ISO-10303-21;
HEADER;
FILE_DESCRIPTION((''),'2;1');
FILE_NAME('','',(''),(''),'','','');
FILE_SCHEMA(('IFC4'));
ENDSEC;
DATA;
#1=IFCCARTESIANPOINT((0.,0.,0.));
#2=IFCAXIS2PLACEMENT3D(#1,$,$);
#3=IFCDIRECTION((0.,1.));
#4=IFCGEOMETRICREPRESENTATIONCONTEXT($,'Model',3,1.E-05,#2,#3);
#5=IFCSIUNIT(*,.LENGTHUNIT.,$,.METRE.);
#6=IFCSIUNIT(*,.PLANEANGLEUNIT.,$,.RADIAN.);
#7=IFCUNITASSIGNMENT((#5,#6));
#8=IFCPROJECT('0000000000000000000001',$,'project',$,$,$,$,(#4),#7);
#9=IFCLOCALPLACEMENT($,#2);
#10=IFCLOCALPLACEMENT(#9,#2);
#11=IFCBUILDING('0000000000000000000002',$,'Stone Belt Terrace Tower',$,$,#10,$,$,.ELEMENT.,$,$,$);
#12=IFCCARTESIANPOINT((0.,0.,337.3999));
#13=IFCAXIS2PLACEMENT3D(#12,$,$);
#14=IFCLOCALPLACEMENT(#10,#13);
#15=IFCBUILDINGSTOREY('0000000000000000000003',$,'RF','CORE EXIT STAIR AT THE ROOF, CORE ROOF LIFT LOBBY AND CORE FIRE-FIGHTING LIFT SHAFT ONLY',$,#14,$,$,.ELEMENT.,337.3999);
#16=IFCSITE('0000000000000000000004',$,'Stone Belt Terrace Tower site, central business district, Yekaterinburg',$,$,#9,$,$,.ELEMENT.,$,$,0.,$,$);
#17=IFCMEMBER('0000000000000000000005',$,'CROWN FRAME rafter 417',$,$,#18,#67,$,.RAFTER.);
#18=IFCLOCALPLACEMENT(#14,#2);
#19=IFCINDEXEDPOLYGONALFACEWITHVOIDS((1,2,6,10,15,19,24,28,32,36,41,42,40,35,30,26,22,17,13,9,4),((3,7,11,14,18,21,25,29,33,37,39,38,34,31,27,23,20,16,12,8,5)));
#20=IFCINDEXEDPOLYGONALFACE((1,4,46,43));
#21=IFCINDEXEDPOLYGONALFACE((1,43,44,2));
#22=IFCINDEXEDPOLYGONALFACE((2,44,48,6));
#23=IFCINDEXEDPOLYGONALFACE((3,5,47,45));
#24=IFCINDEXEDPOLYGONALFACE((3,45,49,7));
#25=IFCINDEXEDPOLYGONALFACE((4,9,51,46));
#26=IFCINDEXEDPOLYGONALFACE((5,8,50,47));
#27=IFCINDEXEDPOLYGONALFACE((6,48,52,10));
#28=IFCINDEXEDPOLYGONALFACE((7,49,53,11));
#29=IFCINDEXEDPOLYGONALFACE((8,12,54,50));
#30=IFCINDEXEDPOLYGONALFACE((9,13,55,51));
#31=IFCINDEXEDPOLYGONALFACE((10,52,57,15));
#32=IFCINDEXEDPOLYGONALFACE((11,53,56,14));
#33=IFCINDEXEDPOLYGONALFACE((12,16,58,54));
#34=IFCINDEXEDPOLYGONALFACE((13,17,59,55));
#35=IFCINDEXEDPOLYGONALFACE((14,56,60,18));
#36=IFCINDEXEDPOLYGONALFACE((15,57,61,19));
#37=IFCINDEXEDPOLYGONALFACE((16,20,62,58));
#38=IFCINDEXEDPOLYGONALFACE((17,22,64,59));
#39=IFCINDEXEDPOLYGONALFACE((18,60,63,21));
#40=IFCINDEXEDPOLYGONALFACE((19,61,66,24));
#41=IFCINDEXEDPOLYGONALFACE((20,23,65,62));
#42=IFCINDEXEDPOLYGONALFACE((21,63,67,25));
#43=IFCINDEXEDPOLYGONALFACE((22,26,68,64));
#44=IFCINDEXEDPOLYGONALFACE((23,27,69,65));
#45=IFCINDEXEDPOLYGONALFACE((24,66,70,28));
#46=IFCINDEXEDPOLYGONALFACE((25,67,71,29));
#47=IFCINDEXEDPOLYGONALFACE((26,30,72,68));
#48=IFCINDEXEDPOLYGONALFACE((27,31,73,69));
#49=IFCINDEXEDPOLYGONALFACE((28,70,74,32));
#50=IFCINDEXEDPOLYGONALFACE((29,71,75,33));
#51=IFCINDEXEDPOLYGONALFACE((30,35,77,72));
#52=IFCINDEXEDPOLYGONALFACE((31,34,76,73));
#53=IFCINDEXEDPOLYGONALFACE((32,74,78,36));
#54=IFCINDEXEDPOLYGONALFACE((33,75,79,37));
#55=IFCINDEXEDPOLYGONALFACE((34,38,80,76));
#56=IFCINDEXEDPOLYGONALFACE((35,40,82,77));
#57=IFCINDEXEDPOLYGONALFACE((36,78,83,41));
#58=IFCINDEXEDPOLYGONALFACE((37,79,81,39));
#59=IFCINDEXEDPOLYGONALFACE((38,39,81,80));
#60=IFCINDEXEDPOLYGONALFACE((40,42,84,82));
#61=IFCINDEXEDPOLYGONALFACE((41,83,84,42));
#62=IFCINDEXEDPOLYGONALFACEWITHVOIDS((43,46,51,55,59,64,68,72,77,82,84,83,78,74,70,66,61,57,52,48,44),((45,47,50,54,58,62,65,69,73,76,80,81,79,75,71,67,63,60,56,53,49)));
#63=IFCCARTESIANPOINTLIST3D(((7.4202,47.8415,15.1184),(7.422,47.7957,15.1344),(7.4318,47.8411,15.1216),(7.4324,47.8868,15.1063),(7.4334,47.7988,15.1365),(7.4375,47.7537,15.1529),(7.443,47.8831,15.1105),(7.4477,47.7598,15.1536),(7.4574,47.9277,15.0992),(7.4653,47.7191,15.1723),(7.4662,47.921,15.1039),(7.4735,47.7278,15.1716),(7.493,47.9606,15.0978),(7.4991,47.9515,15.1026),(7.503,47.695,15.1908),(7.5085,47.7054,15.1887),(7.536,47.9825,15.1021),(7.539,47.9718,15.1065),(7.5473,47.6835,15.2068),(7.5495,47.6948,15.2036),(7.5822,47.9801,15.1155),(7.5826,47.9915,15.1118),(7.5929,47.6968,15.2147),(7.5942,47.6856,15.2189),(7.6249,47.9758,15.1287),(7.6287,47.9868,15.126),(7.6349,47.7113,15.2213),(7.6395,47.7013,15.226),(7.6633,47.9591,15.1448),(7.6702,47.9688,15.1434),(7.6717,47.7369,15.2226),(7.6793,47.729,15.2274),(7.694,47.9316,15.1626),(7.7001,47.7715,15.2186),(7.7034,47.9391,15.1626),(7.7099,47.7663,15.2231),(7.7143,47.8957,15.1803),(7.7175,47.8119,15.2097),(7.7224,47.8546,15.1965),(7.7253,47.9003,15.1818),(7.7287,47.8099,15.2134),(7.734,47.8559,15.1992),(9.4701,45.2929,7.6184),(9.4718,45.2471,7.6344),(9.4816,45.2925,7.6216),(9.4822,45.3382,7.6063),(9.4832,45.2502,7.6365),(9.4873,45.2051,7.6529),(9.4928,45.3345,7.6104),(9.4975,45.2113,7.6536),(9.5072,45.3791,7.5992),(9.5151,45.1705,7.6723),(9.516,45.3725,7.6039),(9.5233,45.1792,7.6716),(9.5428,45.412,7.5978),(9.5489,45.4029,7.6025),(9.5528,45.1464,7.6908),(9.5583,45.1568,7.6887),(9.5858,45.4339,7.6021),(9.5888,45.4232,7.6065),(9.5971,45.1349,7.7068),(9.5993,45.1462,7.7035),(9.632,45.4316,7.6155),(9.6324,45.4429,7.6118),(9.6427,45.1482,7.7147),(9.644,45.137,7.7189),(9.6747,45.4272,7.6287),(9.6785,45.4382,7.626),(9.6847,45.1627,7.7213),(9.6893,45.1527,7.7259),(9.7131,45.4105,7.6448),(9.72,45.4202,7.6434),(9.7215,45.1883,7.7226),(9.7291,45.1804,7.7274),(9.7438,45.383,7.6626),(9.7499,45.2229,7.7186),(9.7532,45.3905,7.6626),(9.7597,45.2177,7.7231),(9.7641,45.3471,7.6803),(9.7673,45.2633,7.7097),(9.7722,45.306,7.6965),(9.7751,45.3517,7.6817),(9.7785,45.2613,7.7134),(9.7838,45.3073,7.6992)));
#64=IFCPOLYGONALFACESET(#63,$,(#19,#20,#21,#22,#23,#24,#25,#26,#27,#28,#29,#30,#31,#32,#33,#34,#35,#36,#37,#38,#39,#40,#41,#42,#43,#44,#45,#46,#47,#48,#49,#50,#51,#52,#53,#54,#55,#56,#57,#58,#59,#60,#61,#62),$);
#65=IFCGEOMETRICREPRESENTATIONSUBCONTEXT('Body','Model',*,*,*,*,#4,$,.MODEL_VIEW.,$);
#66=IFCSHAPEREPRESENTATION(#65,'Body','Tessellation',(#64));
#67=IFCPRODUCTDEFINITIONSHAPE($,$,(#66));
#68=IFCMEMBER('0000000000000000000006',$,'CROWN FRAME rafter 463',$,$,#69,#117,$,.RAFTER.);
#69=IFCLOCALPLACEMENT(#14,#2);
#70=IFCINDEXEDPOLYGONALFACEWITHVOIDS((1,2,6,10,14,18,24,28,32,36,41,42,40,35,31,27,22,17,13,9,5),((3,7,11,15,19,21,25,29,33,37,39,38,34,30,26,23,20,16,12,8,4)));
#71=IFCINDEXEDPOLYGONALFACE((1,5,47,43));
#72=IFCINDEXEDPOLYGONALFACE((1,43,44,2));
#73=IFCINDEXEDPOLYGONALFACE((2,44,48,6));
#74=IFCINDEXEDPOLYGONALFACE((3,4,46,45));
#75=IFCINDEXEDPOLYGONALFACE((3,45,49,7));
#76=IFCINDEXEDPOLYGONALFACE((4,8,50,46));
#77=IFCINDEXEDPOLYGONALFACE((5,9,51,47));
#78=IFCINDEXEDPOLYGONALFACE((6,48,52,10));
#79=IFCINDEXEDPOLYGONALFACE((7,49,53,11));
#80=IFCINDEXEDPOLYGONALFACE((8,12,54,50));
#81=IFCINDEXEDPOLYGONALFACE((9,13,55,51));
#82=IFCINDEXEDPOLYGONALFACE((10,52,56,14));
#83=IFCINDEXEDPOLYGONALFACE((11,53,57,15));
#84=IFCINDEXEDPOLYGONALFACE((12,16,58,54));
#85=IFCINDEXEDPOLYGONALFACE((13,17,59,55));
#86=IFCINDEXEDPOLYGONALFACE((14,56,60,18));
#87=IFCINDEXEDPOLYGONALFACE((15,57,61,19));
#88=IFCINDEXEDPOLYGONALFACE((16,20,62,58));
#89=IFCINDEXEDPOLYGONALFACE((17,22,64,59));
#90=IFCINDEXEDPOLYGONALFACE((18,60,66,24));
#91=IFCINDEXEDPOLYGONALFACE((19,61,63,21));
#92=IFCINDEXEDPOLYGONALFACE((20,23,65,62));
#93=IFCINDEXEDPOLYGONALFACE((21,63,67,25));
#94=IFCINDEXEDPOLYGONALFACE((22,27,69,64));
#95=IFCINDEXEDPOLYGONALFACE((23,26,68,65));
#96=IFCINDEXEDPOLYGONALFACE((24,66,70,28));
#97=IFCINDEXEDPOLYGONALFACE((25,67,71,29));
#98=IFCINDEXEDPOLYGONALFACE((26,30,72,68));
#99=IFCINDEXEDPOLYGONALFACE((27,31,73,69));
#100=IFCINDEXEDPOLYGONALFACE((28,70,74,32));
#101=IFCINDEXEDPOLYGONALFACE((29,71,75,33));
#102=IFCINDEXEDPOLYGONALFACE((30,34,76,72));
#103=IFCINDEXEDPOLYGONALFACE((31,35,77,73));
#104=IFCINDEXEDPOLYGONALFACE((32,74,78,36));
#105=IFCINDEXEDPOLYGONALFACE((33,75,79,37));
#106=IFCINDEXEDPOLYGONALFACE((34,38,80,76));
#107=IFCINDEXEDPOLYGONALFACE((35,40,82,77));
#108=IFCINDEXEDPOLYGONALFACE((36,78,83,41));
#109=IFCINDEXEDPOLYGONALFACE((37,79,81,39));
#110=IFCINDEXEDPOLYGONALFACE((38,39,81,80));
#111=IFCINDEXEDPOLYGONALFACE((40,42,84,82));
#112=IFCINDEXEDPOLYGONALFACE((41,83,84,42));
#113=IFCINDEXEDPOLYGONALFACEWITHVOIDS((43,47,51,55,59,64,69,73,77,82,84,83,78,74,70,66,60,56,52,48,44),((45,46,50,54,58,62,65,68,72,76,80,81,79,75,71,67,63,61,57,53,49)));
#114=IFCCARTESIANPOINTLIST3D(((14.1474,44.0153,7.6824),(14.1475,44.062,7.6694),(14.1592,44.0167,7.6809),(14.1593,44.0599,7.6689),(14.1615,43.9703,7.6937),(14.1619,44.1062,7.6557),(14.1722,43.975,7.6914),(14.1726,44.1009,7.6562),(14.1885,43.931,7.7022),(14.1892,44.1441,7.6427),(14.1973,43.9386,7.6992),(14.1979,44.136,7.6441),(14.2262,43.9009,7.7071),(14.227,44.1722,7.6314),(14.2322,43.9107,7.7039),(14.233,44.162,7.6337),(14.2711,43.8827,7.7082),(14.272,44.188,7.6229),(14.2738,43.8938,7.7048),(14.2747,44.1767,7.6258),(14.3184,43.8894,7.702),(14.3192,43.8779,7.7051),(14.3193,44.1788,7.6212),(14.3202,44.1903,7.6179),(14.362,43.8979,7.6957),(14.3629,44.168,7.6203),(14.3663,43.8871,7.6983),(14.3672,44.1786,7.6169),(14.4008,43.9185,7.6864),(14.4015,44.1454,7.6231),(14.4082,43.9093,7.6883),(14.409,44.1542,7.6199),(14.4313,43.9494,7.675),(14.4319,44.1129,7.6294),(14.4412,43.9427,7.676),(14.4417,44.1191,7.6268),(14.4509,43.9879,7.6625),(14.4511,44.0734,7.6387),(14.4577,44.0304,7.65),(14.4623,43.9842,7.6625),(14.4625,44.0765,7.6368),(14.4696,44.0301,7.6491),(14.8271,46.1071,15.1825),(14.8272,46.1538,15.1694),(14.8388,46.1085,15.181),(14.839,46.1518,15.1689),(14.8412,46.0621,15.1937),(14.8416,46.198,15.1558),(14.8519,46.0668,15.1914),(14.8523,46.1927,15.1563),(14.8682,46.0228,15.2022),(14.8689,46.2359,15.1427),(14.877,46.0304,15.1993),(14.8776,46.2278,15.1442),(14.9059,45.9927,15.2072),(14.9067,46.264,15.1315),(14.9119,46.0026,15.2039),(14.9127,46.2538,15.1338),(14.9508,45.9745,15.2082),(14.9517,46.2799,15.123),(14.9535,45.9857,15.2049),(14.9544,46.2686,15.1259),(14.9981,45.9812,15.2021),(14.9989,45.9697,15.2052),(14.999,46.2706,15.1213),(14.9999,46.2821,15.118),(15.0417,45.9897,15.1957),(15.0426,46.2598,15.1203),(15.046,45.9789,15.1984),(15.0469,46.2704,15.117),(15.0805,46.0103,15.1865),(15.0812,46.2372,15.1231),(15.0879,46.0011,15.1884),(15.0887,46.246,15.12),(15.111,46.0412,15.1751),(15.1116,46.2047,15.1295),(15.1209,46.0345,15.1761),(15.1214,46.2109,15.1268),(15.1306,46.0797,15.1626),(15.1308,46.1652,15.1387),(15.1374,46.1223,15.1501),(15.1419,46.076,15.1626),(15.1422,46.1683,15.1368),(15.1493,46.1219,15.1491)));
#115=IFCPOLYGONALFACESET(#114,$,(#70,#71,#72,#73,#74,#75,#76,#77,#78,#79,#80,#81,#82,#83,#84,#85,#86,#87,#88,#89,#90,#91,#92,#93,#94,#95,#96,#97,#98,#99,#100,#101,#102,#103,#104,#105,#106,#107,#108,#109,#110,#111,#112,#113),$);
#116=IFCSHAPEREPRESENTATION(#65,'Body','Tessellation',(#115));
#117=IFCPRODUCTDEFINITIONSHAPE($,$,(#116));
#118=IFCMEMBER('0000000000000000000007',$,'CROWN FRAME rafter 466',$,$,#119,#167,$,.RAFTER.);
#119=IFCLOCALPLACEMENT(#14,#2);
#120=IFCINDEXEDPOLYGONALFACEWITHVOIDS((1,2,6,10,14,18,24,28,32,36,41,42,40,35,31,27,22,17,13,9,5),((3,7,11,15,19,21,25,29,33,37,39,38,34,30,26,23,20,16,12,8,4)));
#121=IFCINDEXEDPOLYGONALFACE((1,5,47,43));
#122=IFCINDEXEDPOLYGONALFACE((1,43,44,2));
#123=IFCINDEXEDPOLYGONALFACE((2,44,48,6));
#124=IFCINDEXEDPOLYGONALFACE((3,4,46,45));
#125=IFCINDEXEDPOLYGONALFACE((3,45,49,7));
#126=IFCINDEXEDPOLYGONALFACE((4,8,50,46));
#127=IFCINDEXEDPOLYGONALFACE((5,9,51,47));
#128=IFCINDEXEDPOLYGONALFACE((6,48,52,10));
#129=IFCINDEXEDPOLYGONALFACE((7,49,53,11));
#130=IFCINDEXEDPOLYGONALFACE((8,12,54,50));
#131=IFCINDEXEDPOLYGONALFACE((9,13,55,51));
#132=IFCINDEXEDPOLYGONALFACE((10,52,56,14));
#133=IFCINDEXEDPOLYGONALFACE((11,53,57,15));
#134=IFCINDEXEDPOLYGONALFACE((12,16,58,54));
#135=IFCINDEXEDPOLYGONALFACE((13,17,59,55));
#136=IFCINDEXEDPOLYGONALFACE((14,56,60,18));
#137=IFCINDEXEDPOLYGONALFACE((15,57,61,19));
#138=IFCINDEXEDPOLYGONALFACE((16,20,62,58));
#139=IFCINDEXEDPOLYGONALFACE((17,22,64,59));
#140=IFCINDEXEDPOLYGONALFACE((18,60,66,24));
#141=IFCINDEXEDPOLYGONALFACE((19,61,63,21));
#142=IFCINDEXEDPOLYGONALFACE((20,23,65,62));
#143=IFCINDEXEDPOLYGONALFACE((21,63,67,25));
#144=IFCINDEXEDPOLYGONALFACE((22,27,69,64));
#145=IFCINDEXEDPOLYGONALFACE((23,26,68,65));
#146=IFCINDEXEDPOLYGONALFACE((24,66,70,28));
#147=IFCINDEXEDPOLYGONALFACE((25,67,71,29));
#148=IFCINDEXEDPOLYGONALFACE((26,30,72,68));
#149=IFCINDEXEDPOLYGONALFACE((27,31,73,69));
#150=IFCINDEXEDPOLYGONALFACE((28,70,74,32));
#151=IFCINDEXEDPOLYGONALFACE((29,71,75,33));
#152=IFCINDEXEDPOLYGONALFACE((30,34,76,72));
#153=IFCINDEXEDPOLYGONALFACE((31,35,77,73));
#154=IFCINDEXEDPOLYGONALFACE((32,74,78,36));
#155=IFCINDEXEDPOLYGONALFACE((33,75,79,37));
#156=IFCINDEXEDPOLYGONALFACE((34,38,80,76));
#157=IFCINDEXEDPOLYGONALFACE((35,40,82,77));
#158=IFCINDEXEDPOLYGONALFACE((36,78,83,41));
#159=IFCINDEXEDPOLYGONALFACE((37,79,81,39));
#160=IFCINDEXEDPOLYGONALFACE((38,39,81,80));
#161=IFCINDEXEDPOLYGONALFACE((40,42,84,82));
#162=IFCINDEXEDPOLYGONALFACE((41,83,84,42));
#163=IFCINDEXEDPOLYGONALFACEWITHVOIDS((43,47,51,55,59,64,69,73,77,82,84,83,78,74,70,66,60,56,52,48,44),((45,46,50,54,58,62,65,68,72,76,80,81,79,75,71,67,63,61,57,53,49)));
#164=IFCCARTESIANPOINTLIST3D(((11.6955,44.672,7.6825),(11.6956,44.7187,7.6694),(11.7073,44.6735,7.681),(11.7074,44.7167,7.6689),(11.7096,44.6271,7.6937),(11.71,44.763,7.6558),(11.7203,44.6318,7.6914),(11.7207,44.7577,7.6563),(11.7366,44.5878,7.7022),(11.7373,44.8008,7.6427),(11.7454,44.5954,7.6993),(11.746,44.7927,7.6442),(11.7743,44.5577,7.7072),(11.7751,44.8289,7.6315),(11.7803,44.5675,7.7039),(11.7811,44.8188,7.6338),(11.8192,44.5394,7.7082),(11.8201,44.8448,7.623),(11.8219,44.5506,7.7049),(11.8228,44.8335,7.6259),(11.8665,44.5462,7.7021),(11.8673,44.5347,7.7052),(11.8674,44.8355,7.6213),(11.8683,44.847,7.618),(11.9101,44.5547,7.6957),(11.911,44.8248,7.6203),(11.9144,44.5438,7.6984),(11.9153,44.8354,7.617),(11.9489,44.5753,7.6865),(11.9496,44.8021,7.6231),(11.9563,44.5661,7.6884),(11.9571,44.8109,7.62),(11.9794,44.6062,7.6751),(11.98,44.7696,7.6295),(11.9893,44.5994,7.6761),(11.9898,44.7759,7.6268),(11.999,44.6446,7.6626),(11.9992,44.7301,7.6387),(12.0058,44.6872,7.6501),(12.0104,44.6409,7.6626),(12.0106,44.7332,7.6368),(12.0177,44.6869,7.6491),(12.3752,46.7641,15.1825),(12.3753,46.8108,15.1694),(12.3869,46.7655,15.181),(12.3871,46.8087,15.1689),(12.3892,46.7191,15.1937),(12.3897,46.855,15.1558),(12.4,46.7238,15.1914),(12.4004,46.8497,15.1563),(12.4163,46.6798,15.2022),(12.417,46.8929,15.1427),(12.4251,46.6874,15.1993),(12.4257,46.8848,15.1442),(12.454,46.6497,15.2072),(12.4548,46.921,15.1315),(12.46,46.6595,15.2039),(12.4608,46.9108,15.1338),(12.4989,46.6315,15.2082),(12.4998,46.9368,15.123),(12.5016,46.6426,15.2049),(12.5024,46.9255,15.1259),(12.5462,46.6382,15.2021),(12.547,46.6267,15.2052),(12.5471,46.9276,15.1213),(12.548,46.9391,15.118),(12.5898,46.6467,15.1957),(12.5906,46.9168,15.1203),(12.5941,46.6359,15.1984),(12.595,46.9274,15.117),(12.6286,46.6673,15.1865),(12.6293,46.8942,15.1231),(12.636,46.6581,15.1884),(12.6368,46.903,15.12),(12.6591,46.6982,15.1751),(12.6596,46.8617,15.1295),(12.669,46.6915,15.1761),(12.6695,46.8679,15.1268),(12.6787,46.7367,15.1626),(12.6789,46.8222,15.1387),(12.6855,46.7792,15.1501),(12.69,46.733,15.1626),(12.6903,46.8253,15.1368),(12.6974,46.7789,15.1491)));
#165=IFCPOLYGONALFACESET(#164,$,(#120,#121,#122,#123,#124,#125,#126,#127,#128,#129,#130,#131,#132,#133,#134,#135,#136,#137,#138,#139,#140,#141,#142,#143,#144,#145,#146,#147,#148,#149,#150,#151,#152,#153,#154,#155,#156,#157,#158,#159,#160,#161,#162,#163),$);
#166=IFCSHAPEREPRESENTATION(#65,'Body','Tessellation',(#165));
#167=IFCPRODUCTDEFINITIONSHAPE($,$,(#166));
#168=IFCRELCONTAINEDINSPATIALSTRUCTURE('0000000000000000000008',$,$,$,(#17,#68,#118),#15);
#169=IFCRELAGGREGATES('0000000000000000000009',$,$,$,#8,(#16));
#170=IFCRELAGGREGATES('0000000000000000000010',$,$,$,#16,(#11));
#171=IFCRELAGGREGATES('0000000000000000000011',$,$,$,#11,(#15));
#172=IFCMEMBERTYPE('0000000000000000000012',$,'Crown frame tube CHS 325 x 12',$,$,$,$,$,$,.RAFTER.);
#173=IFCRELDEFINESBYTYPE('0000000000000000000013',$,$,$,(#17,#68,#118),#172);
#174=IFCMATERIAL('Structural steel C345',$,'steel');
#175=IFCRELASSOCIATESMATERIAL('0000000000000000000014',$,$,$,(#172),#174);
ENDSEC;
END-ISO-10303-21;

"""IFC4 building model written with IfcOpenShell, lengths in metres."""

from ifc_helpers import new_model, si_unit, direction, frame, origin, origin_2d, place, context, subcontext, project, spatial, hollow_circle, extrude, material, material_profile, profile_set, type_object, element, save


model = new_model("IFC4")

# Units and contexts
model_context = context("Model", 3, precision=1e-05, world=origin(), true_north=direction((0.0, 1.0)))
body_context = subcontext(model_context, "Body", "Model", "MODEL_VIEW")
ifc_project = project(units=[si_unit("LENGTHUNIT", "METRE"), si_unit("PLANEANGLEUNIT", "RADIAN")], contexts=[model_context])

# Site, building, storey
site_placement = place(None, origin())
site = spatial("IfcSite", under=ifc_project, at=site_placement, Name="Stone Belt Terrace Tower site, central business district, Yekaterinburg", CompositionType="ELEMENT", RefElevation=0.0)
building_placement = place(site_placement, origin())
building = spatial("IfcBuilding", under=site, at=building_placement, Name="Stone Belt Terrace Tower", CompositionType="ELEMENT")
storey_placement = place(building_placement, frame((0.0, 0.0, 337.3999)))
storey = spatial("IfcBuildingStorey", under=building, at=storey_placement, Name="RF", Description="CORE EXIT STAIR AT THE ROOF, CORE ROOF LIFT LOBBY AND CORE FIRE-FIGHTING LIFT SHAFT ONLY", CompositionType="ELEMENT", Elevation=337.3999)

# Members
ifc_material_1 = material(Name="Structural steel C345", Category="steel")
ifc_material_profile_1 = material_profile(ifc_material_1, hollow_circle(Radius=0.1626, WallThickness=0.012, at=origin_2d()), Name="Structural steel C345 CHS 325x12")
ifc_profile_set_1 = profile_set([ifc_material_profile_1], Name="Structural steel C345")
member_type_1 = type_object("IfcMemberType", Name="Crown frame tube CHS 325 x 12", PredefinedType="RAFTER", material=ifc_profile_set_1)
member_1_placement = place(storey_placement, frame((7.5767, 47.8372, 15.1626), z_axis=(0.250523, -0.311482, -0.916634), x_axis=(0.779235, 0.626732, 0.0)))
element("IfcMember", 1, at=member_1_placement, inside=storey, type_object=member_type_1, Name="CROWN FRAME rafter 417", PredefinedType="RAFTER", context=body_context, shape_type="SweptSolid", body=[
    extrude(hollow_circle(Radius=0.1626, WallThickness=0.012, at=origin_2d()), origin(), (0.0, 0.0, 1.0), 8.1821),
])
for number, where, z_axis, x_axis, name in (
    (2, (14.9873, 46.1262, 15.1626), (-0.086963, -0.267635, -0.959588), (0.951054, -0.309026, 0.0), "CROWN FRAME rafter 463"),
    (3, (12.5354, 46.7832, 15.1626), (-0.086962, -0.267664, -0.95958), (0.951064, -0.308993, 0.0), "CROWN FRAME rafter 466"),
):
    element("IfcMember", number, at=place(storey_placement, frame(where, z_axis=z_axis, x_axis=x_axis)), inside=storey, type_object=member_type_1, Name=name, PredefinedType="RAFTER", context=body_context, shape_type="SweptSolid", body=[
        extrude(hollow_circle(Radius=0.1626, WallThickness=0.012, at=origin_2d()), origin(), (0.0, 0.0, 1.0), 7.8159),
    ])

save(model, "model.ifc")
